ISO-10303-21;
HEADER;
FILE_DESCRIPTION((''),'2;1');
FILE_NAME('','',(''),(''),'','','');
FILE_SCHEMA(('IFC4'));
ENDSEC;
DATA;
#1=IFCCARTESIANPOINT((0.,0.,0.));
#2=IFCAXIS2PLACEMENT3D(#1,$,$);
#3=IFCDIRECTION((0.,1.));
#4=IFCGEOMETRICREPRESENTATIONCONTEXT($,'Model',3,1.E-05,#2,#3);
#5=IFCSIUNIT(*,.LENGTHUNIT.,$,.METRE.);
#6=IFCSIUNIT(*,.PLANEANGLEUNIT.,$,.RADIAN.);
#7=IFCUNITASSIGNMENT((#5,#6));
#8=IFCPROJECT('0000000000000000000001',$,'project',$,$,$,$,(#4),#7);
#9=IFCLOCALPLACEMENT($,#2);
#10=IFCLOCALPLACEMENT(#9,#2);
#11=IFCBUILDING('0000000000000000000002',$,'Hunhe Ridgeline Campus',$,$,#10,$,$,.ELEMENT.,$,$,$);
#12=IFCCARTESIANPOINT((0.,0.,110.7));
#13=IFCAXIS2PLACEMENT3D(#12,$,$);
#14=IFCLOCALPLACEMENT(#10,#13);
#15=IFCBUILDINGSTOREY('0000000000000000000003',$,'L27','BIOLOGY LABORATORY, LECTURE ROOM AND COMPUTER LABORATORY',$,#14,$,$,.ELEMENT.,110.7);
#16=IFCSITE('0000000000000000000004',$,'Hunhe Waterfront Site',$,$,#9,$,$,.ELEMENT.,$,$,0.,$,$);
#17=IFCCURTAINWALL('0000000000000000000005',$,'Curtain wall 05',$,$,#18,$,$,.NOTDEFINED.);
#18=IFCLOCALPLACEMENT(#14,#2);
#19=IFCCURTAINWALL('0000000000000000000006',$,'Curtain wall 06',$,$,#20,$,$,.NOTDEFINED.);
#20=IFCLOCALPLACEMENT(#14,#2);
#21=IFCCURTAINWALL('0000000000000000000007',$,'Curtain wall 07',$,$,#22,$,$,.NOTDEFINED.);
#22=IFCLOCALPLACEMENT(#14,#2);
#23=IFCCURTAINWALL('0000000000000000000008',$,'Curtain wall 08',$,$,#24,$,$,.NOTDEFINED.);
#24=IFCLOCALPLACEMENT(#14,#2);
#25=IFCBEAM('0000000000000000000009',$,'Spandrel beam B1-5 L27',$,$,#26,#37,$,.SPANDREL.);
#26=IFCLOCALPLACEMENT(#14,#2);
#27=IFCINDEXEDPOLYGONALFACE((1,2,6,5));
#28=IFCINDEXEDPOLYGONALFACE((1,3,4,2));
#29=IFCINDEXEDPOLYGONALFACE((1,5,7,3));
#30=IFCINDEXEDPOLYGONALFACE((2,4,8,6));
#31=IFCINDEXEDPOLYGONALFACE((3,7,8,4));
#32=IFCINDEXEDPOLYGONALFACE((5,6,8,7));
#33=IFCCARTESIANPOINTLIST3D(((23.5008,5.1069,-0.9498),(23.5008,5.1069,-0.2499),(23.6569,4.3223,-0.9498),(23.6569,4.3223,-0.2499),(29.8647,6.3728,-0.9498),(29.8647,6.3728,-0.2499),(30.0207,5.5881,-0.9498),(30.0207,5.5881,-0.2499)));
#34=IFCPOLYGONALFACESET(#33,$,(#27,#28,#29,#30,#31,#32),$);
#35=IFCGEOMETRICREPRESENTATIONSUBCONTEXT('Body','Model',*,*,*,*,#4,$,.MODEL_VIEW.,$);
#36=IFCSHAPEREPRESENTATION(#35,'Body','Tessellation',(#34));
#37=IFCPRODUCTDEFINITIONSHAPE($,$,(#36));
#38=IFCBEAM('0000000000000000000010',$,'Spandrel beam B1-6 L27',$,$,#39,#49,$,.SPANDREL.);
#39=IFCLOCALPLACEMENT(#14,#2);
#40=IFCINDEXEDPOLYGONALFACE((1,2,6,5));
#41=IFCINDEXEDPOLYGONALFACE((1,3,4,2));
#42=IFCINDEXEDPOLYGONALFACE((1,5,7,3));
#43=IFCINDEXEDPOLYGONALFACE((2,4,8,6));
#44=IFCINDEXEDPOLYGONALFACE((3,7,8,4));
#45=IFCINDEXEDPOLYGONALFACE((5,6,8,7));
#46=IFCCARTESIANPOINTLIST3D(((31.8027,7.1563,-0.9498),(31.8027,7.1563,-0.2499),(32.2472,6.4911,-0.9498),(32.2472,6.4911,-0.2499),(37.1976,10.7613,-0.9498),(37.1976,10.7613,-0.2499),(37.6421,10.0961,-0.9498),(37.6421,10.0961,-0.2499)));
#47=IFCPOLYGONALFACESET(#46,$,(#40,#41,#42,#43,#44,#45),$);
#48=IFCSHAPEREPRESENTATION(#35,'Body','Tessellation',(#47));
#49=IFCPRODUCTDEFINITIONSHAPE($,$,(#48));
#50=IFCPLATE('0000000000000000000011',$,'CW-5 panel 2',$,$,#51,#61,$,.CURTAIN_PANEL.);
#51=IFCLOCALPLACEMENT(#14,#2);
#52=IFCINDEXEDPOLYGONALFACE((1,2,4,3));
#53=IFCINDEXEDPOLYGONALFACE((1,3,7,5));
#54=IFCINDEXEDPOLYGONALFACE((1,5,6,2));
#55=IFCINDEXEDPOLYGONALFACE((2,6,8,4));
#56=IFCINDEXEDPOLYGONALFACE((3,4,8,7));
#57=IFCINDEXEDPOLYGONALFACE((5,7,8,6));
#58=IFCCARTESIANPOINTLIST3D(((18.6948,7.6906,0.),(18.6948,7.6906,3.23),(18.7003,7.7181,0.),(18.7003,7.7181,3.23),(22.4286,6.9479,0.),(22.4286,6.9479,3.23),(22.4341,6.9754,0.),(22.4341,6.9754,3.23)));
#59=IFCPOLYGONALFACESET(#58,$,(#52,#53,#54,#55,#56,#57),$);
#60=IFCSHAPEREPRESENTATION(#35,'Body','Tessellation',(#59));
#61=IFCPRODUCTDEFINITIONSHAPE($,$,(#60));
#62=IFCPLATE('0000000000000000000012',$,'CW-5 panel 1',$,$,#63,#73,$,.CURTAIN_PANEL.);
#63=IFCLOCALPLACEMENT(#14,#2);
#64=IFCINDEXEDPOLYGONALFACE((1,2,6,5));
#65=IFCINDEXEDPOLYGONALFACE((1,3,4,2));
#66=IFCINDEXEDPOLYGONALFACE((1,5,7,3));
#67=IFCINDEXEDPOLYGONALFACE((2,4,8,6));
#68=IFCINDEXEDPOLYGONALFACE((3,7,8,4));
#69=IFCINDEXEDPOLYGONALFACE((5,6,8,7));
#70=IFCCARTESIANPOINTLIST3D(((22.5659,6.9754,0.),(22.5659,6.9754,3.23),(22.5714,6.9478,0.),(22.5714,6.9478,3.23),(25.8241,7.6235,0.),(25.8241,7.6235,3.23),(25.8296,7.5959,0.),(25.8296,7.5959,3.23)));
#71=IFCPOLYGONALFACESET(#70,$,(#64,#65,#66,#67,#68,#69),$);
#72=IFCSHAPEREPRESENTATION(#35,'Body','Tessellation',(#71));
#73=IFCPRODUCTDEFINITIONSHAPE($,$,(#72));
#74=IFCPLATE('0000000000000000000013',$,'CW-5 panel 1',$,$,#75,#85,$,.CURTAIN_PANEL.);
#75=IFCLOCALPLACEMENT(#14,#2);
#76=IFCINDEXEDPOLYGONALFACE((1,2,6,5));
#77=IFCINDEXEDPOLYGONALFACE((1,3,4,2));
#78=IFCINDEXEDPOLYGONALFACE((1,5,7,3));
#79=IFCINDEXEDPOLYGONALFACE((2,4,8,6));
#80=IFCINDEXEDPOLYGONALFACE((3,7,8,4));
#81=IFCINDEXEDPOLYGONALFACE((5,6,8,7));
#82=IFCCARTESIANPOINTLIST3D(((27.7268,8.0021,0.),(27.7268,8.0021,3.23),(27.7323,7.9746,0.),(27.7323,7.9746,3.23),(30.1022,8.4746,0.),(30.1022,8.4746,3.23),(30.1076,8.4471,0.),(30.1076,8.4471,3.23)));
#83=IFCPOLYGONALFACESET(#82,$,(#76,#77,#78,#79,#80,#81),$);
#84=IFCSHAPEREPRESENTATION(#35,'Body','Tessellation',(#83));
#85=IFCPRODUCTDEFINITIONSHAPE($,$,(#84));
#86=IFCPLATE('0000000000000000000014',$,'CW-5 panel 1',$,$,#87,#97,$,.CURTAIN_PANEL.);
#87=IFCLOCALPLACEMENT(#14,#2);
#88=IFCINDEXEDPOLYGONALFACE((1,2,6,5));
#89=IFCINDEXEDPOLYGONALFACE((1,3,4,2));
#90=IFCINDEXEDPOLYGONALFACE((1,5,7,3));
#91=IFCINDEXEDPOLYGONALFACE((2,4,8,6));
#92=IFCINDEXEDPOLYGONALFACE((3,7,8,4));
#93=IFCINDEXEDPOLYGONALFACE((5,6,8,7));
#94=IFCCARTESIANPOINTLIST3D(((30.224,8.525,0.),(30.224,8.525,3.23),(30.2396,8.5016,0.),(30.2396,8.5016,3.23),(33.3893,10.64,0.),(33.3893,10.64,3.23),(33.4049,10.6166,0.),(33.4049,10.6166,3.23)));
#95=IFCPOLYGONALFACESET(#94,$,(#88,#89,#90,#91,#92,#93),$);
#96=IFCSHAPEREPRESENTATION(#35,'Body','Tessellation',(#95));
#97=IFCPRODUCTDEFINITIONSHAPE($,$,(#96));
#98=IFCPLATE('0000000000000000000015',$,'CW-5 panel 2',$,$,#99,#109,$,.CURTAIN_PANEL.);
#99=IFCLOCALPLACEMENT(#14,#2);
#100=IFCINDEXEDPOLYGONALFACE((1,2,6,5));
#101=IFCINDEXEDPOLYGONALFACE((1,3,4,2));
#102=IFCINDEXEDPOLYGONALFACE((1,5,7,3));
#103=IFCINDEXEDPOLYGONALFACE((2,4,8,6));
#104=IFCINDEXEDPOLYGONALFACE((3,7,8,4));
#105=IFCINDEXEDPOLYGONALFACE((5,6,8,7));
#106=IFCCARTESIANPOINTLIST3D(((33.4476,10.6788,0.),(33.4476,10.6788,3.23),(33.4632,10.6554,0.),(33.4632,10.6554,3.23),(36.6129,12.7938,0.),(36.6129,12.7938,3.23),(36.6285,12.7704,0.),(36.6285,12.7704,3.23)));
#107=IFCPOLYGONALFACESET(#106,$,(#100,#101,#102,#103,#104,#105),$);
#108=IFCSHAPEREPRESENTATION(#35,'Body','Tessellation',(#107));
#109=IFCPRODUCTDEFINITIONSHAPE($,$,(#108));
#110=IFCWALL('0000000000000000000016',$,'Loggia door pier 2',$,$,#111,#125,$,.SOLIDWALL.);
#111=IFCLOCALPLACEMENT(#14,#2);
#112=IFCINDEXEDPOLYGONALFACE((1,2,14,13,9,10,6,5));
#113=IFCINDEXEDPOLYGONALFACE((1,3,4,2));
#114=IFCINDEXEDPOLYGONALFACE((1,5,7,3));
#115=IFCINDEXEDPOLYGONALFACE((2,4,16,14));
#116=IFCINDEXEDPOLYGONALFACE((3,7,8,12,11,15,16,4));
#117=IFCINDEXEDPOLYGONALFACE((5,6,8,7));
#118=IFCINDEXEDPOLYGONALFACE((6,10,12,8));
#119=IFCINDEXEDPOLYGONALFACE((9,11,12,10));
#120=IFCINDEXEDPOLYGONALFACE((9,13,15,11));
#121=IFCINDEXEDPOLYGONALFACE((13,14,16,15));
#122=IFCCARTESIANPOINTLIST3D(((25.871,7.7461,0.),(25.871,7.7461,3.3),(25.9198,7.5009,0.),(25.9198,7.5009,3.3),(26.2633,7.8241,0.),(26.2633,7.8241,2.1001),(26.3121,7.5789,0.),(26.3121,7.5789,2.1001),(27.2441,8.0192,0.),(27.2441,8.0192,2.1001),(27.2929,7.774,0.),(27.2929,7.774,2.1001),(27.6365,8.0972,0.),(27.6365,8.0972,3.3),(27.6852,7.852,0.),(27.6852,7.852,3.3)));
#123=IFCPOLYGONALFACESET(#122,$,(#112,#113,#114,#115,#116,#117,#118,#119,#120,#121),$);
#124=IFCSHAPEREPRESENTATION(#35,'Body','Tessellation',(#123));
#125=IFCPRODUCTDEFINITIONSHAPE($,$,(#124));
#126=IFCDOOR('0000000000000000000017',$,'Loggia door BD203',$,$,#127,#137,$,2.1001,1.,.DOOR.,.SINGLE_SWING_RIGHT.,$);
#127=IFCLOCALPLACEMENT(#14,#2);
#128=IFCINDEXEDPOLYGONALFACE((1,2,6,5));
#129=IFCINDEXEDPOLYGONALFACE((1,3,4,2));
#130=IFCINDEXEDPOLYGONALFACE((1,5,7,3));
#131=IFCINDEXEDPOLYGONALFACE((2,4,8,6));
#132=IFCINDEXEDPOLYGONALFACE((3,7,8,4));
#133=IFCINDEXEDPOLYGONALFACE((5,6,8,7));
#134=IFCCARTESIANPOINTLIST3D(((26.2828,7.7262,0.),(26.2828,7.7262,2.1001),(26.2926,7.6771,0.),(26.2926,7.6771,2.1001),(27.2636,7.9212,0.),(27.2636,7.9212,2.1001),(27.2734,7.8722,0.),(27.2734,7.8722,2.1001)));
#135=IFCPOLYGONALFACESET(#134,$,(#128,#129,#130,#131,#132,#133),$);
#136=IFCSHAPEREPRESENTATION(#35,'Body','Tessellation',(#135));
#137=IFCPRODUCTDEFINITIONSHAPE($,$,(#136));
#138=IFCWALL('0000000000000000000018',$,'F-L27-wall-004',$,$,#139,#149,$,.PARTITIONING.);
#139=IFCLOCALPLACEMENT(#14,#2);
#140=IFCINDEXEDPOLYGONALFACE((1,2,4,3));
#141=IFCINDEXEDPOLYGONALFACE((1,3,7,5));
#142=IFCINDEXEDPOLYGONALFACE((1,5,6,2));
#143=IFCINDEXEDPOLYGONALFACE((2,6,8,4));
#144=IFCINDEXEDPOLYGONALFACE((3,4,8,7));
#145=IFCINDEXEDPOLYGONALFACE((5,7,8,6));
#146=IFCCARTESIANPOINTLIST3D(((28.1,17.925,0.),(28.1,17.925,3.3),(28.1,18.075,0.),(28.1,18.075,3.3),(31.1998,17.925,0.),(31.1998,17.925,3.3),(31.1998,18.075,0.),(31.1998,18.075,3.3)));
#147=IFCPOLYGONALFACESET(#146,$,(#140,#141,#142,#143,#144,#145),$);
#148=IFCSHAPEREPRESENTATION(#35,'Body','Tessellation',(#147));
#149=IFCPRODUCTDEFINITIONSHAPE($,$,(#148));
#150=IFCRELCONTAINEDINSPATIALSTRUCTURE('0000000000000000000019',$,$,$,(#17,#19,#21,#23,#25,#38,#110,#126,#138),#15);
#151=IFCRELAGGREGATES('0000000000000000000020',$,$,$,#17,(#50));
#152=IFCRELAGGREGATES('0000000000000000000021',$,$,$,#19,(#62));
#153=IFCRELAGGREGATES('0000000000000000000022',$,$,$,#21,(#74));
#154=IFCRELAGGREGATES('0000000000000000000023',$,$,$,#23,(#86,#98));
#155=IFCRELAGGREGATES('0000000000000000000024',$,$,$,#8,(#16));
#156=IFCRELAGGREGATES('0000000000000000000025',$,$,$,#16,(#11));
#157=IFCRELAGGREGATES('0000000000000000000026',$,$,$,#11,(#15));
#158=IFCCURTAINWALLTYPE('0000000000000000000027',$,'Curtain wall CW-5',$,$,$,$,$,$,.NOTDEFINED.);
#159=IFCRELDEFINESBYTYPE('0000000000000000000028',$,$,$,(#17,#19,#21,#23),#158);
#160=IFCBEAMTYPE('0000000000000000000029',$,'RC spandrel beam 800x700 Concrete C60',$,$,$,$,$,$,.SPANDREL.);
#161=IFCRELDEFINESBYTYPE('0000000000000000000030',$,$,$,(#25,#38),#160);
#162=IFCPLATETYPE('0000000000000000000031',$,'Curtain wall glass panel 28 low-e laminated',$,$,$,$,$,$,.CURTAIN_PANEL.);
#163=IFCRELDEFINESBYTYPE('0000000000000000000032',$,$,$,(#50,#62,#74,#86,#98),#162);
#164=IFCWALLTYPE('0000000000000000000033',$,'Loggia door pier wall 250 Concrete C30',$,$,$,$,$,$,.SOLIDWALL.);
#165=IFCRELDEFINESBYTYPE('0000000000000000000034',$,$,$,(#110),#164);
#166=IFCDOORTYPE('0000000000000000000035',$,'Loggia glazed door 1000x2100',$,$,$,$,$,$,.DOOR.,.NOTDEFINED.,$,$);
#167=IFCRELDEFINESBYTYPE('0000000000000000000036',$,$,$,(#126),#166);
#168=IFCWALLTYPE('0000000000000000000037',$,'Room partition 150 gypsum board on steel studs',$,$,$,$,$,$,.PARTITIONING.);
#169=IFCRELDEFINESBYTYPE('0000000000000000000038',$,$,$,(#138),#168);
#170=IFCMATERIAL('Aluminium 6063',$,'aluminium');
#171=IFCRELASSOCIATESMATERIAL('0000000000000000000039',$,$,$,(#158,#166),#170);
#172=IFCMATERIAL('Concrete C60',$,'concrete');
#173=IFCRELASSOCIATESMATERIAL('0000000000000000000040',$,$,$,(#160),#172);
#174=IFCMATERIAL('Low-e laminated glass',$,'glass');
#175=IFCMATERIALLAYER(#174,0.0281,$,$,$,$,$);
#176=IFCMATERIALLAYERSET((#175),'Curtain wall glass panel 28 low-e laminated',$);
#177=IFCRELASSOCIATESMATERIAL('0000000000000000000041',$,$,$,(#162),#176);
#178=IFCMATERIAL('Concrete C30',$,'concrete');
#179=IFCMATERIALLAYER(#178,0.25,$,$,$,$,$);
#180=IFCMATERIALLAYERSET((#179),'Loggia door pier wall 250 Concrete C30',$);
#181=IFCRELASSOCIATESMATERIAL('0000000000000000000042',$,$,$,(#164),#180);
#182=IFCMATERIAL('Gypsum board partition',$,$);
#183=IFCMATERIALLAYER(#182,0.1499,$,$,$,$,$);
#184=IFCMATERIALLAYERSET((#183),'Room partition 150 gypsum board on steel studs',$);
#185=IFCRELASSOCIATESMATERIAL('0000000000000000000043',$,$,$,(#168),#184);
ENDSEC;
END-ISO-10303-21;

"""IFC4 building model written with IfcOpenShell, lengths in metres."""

from ifc_helpers import new_model, si_unit, direction, frame, frame_2d, origin, origin_2d, place, context, subcontext, project, spatial, rectangle, extrude, material, layer, layer_set, material_profile, profile_set, type_object, element, fill, aggregate, save


model = new_model("IFC4")

# Units and contexts
model_context = context("Model", 3, precision=1e-05, world=origin(), true_north=direction((0.0, 1.0)))
body_context = subcontext(model_context, "Body", "Model", "MODEL_VIEW")
ifc_project = project(units=[si_unit("LENGTHUNIT", "METRE"), si_unit("PLANEANGLEUNIT", "RADIAN")], contexts=[model_context])

# Site, building, storey
site_placement = place(None, origin())
site = spatial("IfcSite", under=ifc_project, at=site_placement, Name="Hunhe Waterfront Site", CompositionType="ELEMENT", RefElevation=0.0)
building_placement = place(site_placement, origin())
building = spatial("IfcBuilding", under=site, at=building_placement, Name="Hunhe Ridgeline Campus", CompositionType="ELEMENT")
storey_placement = place(building_placement, frame((0.0, 0.0, 110.7)))
storey = spatial("IfcBuildingStorey", under=building, at=storey_placement, Name="L27", Description="BIOLOGY LABORATORY, LECTURE ROOM AND COMPUTER LABORATORY", CompositionType="ELEMENT", Elevation=110.7)

# Curtain wall
ifc_material_1 = material(Name="Aluminium 6063", Category="aluminium")
curtain_wall_type = type_object("IfcCurtainWallType", Name="Curtain wall CW-5", PredefinedType="NOTDEFINED", material=ifc_material_1)
curtain_wall_1_placement = place(storey_placement, origin())
curtain_wall_1 = element("IfcCurtainWall", 1, at=curtain_wall_1_placement, inside=storey, type_object=curtain_wall_type, Name="Curtain wall 05", PredefinedType="NOTDEFINED")

# Curtain walls
curtain_wall_2_placement = place(storey_placement, origin())
curtain_wall_2 = element("IfcCurtainWall", 2, at=curtain_wall_2_placement, inside=storey, type_object=curtain_wall_type, Name="Curtain wall 06", PredefinedType="NOTDEFINED")
curtain_wall_3_placement = place(storey_placement, origin())
curtain_wall_3 = element("IfcCurtainWall", 3, at=curtain_wall_3_placement, inside=storey, type_object=curtain_wall_type, Name="Curtain wall 07", PredefinedType="NOTDEFINED")
curtain_wall_4_placement = place(storey_placement, origin())
curtain_wall_4 = element("IfcCurtainWall", 4, at=curtain_wall_4_placement, inside=storey, type_object=curtain_wall_type, Name="Curtain wall 08", PredefinedType="NOTDEFINED")

# Beams
ifc_material_2 = material(Name="Concrete C60", Category="concrete")
ifc_material_profile_1 = material_profile(ifc_material_2, rectangle(XDim=0.8, YDim=0.7, at=origin_2d()))
ifc_profile_set_1 = profile_set([ifc_material_profile_1], Name="Concrete C60")
beam_type = type_object("IfcBeamType", Name="RC spandrel beam 800x700 Concrete C60", PredefinedType="SPANDREL", material=ifc_profile_set_1)
for number, where, z_axis, x_axis, name in (
    (5, (23.5789, 4.7146, -0.5999), (0.980784, 0.195096, 0.0), (-0.195096, 0.980784, 0.0), "Spandrel beam B1-5 L27"),
    (6, (32.0249, 6.8237, -0.5999), (0.831459, 0.555586, 0.0), (-0.555586, 0.831459, 0.0), "Spandrel beam B1-6 L27"),
):
    element("IfcBeam", number, at=place(storey_placement, frame(where, z_axis=z_axis, x_axis=x_axis)), inside=storey, type_object=beam_type, Name=name, PredefinedType="SPANDREL", context=body_context, shape_type="SweptSolid", body=[
        extrude(rectangle(XDim=0.8, YDim=0.7, at=origin_2d()), origin(), (0.0, 0.0, 1.0), 6.4885),
    ])

# Plates
ifc_material_3 = material(Name="Low-e laminated glass", Category="glass")
ifc_layer_1 = layer(ifc_material_3, 0.0281)
ifc_layer_set_1 = layer_set([ifc_layer_1], Name="Curtain wall glass panel 28 low-e laminated")
plate_type = type_object("IfcPlateType", Name="Curtain wall glass panel 28 low-e laminated", PredefinedType="CURTAIN_PANEL", material=ifc_layer_set_1)
plate_1_placement = place(storey_placement, frame((20.5645, 7.333, 0.0), z_axis=(0.0, 0.0, 1.0), x_axis=(0.980785, -0.19509, 0.0)))
plate_1 = element("IfcPlate", 7, at=plate_1_placement, type_object=plate_type, Name="CW-5 panel 2", PredefinedType="CURTAIN_PANEL", context=body_context, shape_type="SweptSolid", body=[
    extrude(rectangle(XDim=3.8069, YDim=0.0281, at=origin_2d()), origin(), (0.0, 0.0, 1.0), 3.23),
])
aggregate(curtain_wall_1, [plate_1])
plate_2_placement = place(storey_placement, frame((24.1978, 7.2856, 0.0), z_axis=(0.0, 0.0, 1.0), x_axis=(0.980785, 0.19509, 0.0)))
plate_2 = element("IfcPlate", 8, at=plate_2_placement, type_object=plate_type, Name="CW-5 panel 1", PredefinedType="CURTAIN_PANEL", context=body_context, shape_type="SweptSolid", body=[
    extrude(rectangle(XDim=3.322, YDim=0.0281, at=origin_2d()), origin(), (0.0, 0.0, 1.0), 3.23),
])
aggregate(curtain_wall_2, [plate_2])
plate_3_placement = place(storey_placement, frame((28.9172, 8.2246, 0.0), z_axis=(0.0, 0.0, 1.0), x_axis=(0.980785, 0.195091, 0.0)))
plate_3 = element("IfcPlate", 9, at=plate_3_placement, type_object=plate_type, Name="CW-5 panel 1", PredefinedType="CURTAIN_PANEL", context=body_context, shape_type="SweptSolid", body=[
    extrude(rectangle(XDim=2.4219, YDim=0.0281, at=origin_2d()), origin(), (0.0, 0.0, 1.0), 3.23),
])
aggregate(curtain_wall_3, [plate_3])
plate_4_placement = place(storey_placement, frame((31.8145, 9.5708, 0.0), z_axis=(0.0, 0.0, 1.0), x_axis=(0.83147, 0.55557, 0.0)))
plate_4 = element("IfcPlate", 10, at=plate_4_placement, type_object=plate_type, Name="CW-5 panel 1", PredefinedType="CURTAIN_PANEL", context=body_context, shape_type="SweptSolid", body=[
    extrude(rectangle(XDim=3.8069, YDim=0.0281, at=origin_2d()), origin(), (0.0, 0.0, 1.0), 3.23),
])
plate_5_placement = place(storey_placement, frame((35.0381, 11.7246, 0.0), z_axis=(0.0, 0.0, 1.0), x_axis=(0.83147, 0.55557, 0.0)))
plate_5 = element("IfcPlate", 11, at=plate_5_placement, type_object=plate_type, Name="CW-5 panel 2", PredefinedType="CURTAIN_PANEL", context=body_context, shape_type="SweptSolid", body=[
    extrude(rectangle(XDim=3.8069, YDim=0.0281, at=origin_2d()), origin(), (0.0, 0.0, 1.0), 3.23),
])
aggregate(curtain_wall_4, [plate_4, plate_5])

# Wall, opening, door
ifc_material_4 = material(Name="Gypsum board partition")
ifc_material_5 = material(Name="Concrete C30", Category="concrete")
ifc_layer_2 = layer(ifc_material_5, 0.25)
ifc_layer_set_2 = layer_set([ifc_layer_2], Name="Loggia door pier wall 250 Concrete C30")
wall_type_1 = type_object("IfcWallType", Name="Loggia door pier wall 250 Concrete C30", PredefinedType="SOLIDWALL", material=ifc_layer_set_2)
wall_1_placement = place(storey_placement, frame((25.8955, 7.6235, 0.0), z_axis=(0.0, 0.0, 1.0), x_axis=(0.980794, 0.195047, 0.0)))
wall_1 = element("IfcWall", 12, at=wall_1_placement, inside=storey, type_object=wall_type_1, Name="Loggia door pier 2", PredefinedType="SOLIDWALL", context=body_context, shape_type="SweptSolid", body=[
    extrude(rectangle(XDim=1.8, YDim=0.25, at=frame_2d((0.8999, 0.0))), origin(), (0.0, 0.0, 1.0), 3.3),
])
opening_1_placement = place(wall_1_placement, frame((0.3999, 0.0, 0.0)))
opening_1 = element("IfcOpeningElement", 13, at=opening_1_placement, cuts=wall_1, PredefinedType="OPENING", context=body_context, shape_type="SweptSolid", body=[
    extrude(rectangle(XDim=1.0, YDim=2.1001, at=frame_2d((0.5, 1.05))), frame((0.0, 0.125, 0.0), z_axis=(0.0, -1.0, 0.0), x_axis=(1.0, 0.0, 0.0)), (0.0, 0.0, 1.0), 0.25),
])
door_type_1 = type_object("IfcDoorType", Name="Loggia glazed door 1000x2100", OperationType="NOTDEFINED", PredefinedType="DOOR", material=ifc_material_1)
door_1_placement = place(opening_1_placement, frame((1.0, 0.0, 0.0), z_axis=(0.0, 0.0, 1.0), x_axis=(-1.0, 0.0, 0.0)))
door_1 = element("IfcDoor", 14, at=door_1_placement, inside=storey, type_object=door_type_1, Name="Loggia door BD203", OperationType="SINGLE_SWING_RIGHT", OverallHeight=2.1001, OverallWidth=1.0, PredefinedType="DOOR", context=body_context, shape_type="SweptSolid", body=[
    extrude(rectangle(XDim=1.0, YDim=2.1001, at=frame_2d((0.5, 1.05))), frame((0.0, 0.0249, 0.0), z_axis=(0.0, -1.0, 0.0), x_axis=(1.0, 0.0, 0.0)), (0.0, 0.0, 1.0), 0.05),
])
fill(opening_1, door_1)

# Wall
ifc_layer_3 = layer(ifc_material_4, 0.1499)
ifc_layer_set_3 = layer_set([ifc_layer_3], Name="Room partition 150 gypsum board on steel studs")
wall_type_2 = type_object("IfcWallType", Name="Room partition 150 gypsum board on steel studs", PredefinedType="PARTITIONING", material=ifc_layer_set_3)
wall_2_placement = place(storey_placement, frame((28.1001, 18.0, 0.0), z_axis=(0.0, 0.0, 1.0), x_axis=(1.0, 0.0, 0.0)))
element("IfcWall", 15, at=wall_2_placement, inside=storey, type_object=wall_type_2, Name="F-L27-wall-004", PredefinedType="PARTITIONING", context=body_context, shape_type="SweptSolid", body=[
    extrude(rectangle(XDim=3.0999, YDim=0.1499, at=frame_2d((1.5498, 0.0))), origin(), (0.0, 0.0, 1.0), 3.3),
])

save(model, "model.ifc")
